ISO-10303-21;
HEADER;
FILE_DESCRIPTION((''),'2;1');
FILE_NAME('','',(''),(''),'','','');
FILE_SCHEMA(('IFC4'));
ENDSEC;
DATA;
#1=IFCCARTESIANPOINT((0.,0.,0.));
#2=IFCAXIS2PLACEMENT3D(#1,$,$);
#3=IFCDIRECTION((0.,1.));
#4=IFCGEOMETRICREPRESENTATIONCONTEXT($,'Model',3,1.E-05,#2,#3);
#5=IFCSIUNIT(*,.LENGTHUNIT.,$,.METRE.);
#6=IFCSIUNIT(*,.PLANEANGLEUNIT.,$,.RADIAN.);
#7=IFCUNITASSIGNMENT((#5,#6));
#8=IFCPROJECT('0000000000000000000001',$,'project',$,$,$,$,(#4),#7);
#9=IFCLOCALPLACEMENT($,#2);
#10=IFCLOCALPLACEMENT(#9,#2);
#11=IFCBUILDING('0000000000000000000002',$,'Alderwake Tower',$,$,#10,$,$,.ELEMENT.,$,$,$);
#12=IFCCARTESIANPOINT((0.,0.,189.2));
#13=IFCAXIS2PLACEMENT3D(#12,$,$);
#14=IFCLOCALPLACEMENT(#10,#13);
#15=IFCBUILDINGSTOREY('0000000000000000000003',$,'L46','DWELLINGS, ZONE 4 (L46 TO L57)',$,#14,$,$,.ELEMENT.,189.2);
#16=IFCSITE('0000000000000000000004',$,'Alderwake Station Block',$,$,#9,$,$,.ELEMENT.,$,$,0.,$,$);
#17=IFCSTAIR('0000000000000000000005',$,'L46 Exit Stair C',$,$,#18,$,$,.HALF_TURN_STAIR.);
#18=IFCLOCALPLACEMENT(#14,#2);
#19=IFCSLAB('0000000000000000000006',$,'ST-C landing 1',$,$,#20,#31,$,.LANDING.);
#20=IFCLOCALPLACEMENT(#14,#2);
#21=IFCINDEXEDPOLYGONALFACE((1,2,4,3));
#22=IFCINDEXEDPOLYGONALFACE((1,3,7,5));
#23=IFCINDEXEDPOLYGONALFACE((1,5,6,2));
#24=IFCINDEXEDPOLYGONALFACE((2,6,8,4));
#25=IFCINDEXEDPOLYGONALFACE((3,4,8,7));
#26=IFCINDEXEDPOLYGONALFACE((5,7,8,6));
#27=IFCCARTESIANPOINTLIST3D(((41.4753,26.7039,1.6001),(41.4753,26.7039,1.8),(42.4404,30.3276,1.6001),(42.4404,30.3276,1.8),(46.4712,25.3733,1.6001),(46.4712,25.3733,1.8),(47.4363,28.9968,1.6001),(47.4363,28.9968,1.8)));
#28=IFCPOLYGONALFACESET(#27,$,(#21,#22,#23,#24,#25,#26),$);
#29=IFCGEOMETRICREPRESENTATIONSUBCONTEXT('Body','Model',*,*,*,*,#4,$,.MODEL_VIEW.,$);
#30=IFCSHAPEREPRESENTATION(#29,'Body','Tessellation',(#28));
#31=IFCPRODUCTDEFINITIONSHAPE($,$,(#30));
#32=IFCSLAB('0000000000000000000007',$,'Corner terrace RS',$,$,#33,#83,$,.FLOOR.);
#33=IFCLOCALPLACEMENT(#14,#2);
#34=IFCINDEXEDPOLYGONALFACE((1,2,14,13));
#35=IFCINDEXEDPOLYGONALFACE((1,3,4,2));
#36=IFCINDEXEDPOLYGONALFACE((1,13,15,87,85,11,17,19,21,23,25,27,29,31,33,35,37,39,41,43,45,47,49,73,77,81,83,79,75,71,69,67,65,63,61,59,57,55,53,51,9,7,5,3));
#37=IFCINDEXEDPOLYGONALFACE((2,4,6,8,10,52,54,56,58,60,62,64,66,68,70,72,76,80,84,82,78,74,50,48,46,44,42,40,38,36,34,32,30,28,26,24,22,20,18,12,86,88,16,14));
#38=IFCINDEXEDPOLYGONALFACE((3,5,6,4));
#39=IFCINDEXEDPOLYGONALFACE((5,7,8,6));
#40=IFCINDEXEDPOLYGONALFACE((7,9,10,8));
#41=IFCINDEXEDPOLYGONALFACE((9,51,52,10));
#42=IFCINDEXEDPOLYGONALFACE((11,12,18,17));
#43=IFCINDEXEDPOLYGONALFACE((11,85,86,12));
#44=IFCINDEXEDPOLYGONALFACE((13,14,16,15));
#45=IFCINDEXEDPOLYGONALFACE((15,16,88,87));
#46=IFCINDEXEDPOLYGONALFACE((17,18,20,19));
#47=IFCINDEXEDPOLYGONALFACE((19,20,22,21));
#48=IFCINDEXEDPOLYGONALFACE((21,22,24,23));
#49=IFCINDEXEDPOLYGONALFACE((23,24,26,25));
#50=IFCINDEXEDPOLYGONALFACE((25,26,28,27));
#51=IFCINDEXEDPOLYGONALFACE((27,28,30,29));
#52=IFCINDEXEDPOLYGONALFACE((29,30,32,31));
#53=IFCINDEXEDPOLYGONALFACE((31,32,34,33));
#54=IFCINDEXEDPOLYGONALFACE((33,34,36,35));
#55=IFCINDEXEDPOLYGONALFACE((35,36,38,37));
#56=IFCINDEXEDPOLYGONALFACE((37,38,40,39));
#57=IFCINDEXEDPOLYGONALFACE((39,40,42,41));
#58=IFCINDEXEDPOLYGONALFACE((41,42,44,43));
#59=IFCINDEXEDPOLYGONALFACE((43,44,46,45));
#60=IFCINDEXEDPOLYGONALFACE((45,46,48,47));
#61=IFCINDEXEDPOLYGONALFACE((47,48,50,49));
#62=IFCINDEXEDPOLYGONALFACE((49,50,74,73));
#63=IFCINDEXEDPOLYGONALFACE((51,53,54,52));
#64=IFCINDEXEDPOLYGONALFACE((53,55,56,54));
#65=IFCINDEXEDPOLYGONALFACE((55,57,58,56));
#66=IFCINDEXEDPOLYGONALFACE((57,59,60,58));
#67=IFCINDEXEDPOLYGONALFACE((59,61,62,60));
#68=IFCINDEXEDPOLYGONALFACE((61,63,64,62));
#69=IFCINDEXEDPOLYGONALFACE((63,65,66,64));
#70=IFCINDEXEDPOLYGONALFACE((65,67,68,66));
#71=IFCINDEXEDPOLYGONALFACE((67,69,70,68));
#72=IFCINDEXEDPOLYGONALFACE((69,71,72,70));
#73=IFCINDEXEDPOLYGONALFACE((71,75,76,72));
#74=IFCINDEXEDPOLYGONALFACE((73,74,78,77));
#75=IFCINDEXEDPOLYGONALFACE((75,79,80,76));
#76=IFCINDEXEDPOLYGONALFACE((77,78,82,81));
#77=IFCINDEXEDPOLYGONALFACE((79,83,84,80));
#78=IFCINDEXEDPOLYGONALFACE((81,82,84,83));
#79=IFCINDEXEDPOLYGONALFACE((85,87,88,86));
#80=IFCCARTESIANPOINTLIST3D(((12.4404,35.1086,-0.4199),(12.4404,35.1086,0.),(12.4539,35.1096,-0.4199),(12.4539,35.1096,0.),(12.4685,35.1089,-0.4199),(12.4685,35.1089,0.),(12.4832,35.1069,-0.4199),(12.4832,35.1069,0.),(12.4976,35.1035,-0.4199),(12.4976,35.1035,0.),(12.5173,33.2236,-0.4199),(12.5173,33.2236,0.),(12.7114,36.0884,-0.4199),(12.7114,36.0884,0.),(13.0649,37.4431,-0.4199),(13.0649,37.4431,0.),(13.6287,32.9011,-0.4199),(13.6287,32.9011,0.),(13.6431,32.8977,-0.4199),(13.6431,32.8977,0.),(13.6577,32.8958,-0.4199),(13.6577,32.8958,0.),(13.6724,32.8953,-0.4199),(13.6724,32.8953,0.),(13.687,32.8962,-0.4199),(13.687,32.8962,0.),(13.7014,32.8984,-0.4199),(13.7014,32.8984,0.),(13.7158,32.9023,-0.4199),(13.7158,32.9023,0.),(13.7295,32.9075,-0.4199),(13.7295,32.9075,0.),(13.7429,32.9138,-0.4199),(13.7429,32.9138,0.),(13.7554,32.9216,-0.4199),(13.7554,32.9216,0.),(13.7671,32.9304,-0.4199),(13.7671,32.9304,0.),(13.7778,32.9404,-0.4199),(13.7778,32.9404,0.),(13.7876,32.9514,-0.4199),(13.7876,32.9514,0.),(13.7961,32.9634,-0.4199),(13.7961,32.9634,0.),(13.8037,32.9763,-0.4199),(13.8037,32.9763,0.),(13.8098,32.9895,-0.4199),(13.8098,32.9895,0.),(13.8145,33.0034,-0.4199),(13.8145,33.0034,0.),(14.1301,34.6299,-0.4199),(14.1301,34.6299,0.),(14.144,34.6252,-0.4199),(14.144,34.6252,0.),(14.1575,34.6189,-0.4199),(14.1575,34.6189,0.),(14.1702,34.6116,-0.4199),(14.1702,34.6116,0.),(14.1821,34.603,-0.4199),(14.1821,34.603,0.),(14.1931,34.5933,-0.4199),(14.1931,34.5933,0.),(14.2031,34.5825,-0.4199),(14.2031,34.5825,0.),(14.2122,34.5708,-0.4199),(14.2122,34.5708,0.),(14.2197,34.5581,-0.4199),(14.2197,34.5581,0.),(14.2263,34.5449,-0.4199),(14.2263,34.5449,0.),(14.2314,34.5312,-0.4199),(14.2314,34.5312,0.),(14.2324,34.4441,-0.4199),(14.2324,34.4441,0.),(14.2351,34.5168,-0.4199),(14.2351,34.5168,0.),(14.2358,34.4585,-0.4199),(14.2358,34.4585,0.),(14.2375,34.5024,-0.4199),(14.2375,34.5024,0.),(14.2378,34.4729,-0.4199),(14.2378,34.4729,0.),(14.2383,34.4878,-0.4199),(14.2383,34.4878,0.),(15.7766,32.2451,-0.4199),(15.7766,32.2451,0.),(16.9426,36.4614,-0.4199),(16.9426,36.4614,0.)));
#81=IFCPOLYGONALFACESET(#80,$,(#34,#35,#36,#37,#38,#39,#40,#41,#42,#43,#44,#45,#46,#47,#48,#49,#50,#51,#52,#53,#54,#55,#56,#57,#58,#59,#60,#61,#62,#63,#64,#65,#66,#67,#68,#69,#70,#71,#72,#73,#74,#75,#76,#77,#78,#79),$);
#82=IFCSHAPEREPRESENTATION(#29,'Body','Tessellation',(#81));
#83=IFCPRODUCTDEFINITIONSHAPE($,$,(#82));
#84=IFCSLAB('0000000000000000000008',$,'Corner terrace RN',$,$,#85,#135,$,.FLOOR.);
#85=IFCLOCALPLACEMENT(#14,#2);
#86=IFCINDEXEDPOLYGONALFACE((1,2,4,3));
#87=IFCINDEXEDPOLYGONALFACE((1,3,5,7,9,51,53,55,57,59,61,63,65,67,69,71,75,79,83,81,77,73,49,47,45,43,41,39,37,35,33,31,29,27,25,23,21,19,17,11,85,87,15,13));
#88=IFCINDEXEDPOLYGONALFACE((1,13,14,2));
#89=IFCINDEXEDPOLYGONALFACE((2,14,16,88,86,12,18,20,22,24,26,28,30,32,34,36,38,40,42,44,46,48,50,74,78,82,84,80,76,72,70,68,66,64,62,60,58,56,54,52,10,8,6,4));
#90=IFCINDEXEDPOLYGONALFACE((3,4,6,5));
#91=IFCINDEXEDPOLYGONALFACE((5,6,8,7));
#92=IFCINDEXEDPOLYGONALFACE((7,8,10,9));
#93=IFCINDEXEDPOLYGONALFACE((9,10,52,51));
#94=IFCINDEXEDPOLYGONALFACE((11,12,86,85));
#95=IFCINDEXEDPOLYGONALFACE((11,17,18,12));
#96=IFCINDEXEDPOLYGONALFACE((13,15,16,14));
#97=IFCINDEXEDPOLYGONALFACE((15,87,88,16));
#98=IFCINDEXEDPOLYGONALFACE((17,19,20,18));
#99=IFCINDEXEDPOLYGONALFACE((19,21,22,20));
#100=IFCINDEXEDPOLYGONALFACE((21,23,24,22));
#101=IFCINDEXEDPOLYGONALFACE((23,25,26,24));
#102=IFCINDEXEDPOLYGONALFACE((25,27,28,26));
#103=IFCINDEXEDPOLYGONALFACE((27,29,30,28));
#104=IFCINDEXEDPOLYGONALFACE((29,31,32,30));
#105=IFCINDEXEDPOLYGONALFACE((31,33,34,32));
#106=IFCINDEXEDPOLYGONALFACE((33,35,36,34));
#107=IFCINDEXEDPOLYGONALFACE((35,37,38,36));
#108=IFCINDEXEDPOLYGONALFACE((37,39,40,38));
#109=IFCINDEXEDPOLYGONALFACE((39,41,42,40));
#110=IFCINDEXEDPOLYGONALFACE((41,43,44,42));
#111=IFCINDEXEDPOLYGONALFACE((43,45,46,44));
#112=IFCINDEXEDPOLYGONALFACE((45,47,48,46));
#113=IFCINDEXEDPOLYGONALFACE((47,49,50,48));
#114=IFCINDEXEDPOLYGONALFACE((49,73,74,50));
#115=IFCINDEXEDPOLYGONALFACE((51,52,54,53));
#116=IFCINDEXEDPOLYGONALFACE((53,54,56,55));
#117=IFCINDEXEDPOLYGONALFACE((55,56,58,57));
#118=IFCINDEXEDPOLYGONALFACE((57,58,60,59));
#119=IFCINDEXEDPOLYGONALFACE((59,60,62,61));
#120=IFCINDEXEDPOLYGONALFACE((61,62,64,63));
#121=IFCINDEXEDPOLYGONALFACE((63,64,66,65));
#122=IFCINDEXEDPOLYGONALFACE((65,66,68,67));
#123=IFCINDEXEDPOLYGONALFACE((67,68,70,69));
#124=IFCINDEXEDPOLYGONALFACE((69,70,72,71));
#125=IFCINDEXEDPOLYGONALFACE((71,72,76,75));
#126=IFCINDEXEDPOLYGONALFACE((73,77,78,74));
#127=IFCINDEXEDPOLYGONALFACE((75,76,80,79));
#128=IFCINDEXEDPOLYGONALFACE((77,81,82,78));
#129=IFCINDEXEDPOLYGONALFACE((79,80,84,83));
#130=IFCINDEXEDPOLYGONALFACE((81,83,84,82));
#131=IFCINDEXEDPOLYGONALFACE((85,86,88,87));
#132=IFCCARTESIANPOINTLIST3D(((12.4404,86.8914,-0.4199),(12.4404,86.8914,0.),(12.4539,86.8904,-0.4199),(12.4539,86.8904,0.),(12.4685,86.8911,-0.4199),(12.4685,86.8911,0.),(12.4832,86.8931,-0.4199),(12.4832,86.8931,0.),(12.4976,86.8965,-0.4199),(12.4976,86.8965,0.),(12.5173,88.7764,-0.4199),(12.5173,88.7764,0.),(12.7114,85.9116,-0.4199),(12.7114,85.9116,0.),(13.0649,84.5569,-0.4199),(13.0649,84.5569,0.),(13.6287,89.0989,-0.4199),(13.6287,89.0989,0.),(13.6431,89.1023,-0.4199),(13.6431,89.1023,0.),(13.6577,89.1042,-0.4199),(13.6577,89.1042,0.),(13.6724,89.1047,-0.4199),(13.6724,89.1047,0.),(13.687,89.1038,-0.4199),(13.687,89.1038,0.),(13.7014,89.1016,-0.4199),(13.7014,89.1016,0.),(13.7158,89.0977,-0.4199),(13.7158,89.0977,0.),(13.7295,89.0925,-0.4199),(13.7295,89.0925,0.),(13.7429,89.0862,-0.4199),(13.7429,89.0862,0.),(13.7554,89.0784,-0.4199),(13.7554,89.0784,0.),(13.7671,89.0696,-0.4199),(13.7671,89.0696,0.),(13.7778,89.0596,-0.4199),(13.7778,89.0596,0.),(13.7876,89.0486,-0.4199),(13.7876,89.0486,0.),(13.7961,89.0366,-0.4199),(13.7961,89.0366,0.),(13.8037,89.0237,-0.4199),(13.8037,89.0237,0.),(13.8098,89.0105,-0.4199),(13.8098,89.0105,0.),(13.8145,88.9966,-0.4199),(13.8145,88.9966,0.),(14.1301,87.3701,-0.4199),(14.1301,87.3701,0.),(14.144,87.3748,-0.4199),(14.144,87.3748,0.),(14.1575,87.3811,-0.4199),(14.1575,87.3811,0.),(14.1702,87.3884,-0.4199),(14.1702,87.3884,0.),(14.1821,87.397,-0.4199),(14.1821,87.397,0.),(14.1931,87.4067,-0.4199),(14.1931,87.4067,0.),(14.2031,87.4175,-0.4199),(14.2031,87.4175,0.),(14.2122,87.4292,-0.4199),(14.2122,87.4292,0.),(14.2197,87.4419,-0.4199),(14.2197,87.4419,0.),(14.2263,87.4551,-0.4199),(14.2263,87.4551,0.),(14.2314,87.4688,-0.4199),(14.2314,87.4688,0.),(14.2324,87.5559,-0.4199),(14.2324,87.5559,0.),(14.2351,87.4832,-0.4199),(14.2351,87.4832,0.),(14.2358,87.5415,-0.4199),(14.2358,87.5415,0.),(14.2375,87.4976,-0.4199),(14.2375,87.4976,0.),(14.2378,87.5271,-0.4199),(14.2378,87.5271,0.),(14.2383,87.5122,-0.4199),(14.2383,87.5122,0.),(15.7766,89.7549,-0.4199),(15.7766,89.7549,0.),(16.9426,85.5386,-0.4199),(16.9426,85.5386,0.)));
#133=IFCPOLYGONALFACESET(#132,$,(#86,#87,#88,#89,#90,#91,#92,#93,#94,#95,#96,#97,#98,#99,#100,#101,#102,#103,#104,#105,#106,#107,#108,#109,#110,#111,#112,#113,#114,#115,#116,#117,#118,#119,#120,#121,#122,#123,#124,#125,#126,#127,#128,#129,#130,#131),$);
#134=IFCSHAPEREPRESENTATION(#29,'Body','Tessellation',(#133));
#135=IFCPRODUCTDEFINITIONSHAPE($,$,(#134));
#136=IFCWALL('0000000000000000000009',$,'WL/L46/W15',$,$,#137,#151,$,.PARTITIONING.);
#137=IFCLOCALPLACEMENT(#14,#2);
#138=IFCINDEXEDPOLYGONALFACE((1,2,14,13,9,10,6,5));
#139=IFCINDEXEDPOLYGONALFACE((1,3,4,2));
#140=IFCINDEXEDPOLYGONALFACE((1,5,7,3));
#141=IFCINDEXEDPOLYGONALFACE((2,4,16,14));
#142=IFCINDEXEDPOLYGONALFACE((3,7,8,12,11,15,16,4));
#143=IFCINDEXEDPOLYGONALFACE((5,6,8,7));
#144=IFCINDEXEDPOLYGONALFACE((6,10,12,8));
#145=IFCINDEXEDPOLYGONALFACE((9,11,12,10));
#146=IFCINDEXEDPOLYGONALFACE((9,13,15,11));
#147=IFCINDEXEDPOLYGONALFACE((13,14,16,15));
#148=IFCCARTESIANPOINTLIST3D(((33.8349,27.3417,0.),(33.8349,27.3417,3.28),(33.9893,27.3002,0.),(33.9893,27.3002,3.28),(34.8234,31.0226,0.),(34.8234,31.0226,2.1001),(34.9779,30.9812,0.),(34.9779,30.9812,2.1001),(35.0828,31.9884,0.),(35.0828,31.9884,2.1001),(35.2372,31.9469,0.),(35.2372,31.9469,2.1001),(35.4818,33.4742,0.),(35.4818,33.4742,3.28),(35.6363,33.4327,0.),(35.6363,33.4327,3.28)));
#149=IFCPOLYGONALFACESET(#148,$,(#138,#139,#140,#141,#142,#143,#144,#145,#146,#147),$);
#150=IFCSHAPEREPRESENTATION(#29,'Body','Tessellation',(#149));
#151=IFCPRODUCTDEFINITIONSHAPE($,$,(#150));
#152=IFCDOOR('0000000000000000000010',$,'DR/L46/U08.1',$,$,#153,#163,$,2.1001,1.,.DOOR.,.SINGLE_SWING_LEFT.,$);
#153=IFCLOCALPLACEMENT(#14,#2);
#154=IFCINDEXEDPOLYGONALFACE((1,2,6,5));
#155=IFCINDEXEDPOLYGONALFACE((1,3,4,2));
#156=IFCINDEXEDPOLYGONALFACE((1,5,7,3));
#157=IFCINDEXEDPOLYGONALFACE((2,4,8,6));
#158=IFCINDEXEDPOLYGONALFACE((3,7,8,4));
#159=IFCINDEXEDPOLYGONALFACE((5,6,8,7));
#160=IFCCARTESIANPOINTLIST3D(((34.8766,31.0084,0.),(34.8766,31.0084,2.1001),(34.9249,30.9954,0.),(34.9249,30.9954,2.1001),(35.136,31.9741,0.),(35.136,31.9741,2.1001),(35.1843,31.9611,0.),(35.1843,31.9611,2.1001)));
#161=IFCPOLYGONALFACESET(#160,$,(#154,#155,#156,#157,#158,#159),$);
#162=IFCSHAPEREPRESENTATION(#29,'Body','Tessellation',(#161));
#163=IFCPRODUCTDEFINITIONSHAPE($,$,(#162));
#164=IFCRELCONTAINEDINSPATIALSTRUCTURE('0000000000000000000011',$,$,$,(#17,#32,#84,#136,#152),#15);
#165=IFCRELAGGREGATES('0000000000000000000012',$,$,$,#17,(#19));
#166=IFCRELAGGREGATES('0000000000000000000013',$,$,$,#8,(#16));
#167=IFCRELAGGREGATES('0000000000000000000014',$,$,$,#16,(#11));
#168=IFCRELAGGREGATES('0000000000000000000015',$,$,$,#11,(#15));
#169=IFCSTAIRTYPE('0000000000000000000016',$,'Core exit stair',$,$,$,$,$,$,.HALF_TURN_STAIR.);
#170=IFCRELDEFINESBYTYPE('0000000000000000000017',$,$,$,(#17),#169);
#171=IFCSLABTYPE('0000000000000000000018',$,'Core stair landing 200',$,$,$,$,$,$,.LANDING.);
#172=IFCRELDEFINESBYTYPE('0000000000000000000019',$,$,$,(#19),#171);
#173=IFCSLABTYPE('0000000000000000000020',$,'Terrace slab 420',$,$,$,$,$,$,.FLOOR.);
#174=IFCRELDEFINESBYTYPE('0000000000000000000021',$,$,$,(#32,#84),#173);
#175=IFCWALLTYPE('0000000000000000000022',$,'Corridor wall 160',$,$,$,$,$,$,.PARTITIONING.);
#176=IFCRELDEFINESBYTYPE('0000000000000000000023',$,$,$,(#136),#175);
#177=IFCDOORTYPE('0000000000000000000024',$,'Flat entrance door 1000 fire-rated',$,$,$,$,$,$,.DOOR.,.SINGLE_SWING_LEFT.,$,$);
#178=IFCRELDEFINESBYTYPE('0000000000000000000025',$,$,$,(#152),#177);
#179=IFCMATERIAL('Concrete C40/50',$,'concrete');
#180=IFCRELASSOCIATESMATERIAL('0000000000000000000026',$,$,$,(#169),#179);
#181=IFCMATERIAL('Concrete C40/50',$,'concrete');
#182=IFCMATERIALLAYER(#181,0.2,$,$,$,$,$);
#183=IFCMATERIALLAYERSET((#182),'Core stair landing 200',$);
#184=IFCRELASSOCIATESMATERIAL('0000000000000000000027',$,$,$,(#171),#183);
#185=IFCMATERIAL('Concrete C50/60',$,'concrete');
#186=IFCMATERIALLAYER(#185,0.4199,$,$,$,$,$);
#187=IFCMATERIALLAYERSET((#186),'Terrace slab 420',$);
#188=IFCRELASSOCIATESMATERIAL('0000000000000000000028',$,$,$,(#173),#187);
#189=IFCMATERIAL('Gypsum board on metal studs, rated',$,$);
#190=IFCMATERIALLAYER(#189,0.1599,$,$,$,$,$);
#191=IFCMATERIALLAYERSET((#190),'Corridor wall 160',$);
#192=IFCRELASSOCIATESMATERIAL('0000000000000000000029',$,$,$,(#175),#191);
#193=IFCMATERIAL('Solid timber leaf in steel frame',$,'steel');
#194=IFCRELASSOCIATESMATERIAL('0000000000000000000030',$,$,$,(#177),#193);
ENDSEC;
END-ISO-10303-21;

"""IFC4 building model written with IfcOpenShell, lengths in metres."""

from ifc_helpers import new_model, si_unit, direction, frame, frame_2d, origin, place, context, subcontext, project, spatial, polyline, rectangle, outline, extrude, material, layer, layer_set, type_object, element, fill, aggregate, save


model = new_model("IFC4")

# Units and contexts
model_context = context("Model", 3, precision=1e-05, world=origin(), true_north=direction((0.0, 1.0)))
body_context = subcontext(model_context, "Body", "Model", "MODEL_VIEW")
ifc_project = project(units=[si_unit("LENGTHUNIT", "METRE"), si_unit("PLANEANGLEUNIT", "RADIAN")], contexts=[model_context])

# Site, building, storey
site_placement = place(None, origin())
site = spatial("IfcSite", under=ifc_project, at=site_placement, Name="Alderwake Station Block", CompositionType="ELEMENT", RefElevation=0.0)
building_placement = place(site_placement, origin())
building = spatial("IfcBuilding", under=site, at=building_placement, Name="Alderwake Tower", CompositionType="ELEMENT")
storey_placement = place(building_placement, frame((0.0, 0.0, 189.2)))
storey = spatial("IfcBuildingStorey", under=building, at=storey_placement, Name="L46", Description="DWELLINGS, ZONE 4 (L46 TO L57)", CompositionType="ELEMENT", Elevation=189.2)

# Stair, slab
ifc_material_1 = material(Name="Concrete C40/50", Category="concrete")
stair_type = type_object("IfcStairType", Name="Core exit stair", PredefinedType="HALF_TURN_STAIR", material=ifc_material_1)
ifc_material_2 = material(Name="Concrete C40/50", Category="concrete")
ifc_layer_1 = layer(ifc_material_2, 0.2)
ifc_layer_set_1 = layer_set([ifc_layer_1], Name="Core stair landing 200")
slab_type_1 = type_object("IfcSlabType", Name="Core stair landing 200", PredefinedType="LANDING", material=ifc_layer_set_1)
stair_1_placement = place(storey_placement, origin())
stair_1 = element("IfcStair", 1, at=stair_1_placement, inside=storey, type_object=stair_type, Name="L46 Exit Stair C", PredefinedType="HALF_TURN_STAIR")
slab_1_placement = place(storey_placement, frame((0.0, 0.0, 1.6001)))
slab_1 = element("IfcSlab", 2, at=slab_1_placement, type_object=slab_type_1, Name="ST-C landing 1", PredefinedType="LANDING", context=body_context, shape_type="SweptSolid", body=[
    extrude(outline(polyline([(41.4753, 26.7039), (46.4712, 25.3733), (47.4363, 28.9968), (42.4404, 30.3276), (41.4753, 26.7039)])), origin(), (0.0, 0.0, 1.0), 0.2),
])
aggregate(stair_1, [slab_1])

# Slabs
ifc_material_3 = material(Name="Concrete C50/60", Category="concrete")
ifc_layer_2 = layer(ifc_material_3, 0.4199)
ifc_layer_set_2 = layer_set([ifc_layer_2], Name="Terrace slab 420")
slab_type_2 = type_object("IfcSlabType", Name="Terrace slab 420", PredefinedType="FLOOR", material=ifc_layer_set_2)
slab_2_placement = place(storey_placement, frame((0.0, 0.0, -0.4199)))
element("IfcSlab", 3, at=slab_2_placement, inside=storey, type_object=slab_type_2, Name="Corner terrace RS", PredefinedType="FLOOR", context=body_context, shape_type="SweptSolid", body=[
    extrude(outline(polyline([(15.7766, 32.2451), (12.5173, 33.2236), (13.6287, 32.9011), (13.6431, 32.8977), (13.6577, 32.8958), (13.6724, 32.8953), (13.687, 32.8962), (13.7014, 32.8984), (13.7158, 32.9023), (13.7295, 32.9075), (13.7429, 32.9138), (13.7554, 32.9216), (13.7671, 32.9304), (13.7778, 32.9404), (13.7876, 32.9514), (13.7961, 32.9634), (13.8037, 32.9763), (13.8098, 32.9895), (13.8145, 33.0034), (14.2324, 34.4441), (14.2358, 34.4585), (14.2378, 34.4729), (14.2383, 34.4878), (14.2375, 34.5024), (14.2351, 34.5168), (14.2314, 34.5312), (14.2263, 34.5449), (14.2197, 34.5581), (14.2122, 34.5708), (14.2031, 34.5825), (14.1931, 34.5933), (14.1821, 34.603), (14.1702, 34.6116), (14.1575, 34.6189), (14.144, 34.6252), (14.1301, 34.6299), (12.4976, 35.1035), (12.4832, 35.1069), (12.4685, 35.1089), (12.4539, 35.1096), (12.4404, 35.1086), (12.7114, 36.0884), (13.0649, 37.4431), (16.9426, 36.4614), (15.7766, 32.2451)])), origin(), (0.0, 0.0, 1.0), 0.4199),
])
slab_3_placement = place(storey_placement, frame((0.0, 0.0, -0.4199)))
element("IfcSlab", 4, at=slab_3_placement, inside=storey, type_object=slab_type_2, Name="Corner terrace RN", PredefinedType="FLOOR", context=body_context, shape_type="SweptSolid", body=[
    extrude(outline(polyline([(12.4404, 86.8914), (12.4539, 86.8904), (12.4685, 86.8911), (12.4832, 86.8931), (12.4976, 86.8965), (14.1301, 87.3701), (14.144, 87.3748), (14.1575, 87.3811), (14.1702, 87.3884), (14.1821, 87.397), (14.1931, 87.4067), (14.2031, 87.4175), (14.2122, 87.4292), (14.2197, 87.4419), (14.2263, 87.4551), (14.2314, 87.4688), (14.2351, 87.4832), (14.2375, 87.4976), (14.2383, 87.5122), (14.2378, 87.5271), (14.2358, 87.5415), (14.2324, 87.5559), (13.8145, 88.9966), (13.8098, 89.0105), (13.8037, 89.0237), (13.7961, 89.0366), (13.7876, 89.0486), (13.7778, 89.0596), (13.7671, 89.0696), (13.7554, 89.0784), (13.7429, 89.0862), (13.7295, 89.0925), (13.7158, 89.0977), (13.7014, 89.1016), (13.687, 89.1038), (13.6724, 89.1047), (13.6577, 89.1042), (13.6431, 89.1023), (13.6287, 89.0989), (12.5173, 88.7764), (15.7766, 89.7549), (16.9426, 85.5386), (13.0649, 84.5569), (12.7114, 85.9116), (12.4404, 86.8914)])), origin(), (0.0, 0.0, 1.0), 0.4199),
])

# Wall, opening, door
ifc_material_4 = material(Name="Gypsum board on metal studs, rated")
ifc_layer_3 = layer(ifc_material_4, 0.1599)
ifc_layer_set_3 = layer_set([ifc_layer_3], Name="Corridor wall 160")
wall_type_1 = type_object("IfcWallType", Name="Corridor wall 160", PredefinedType="PARTITIONING", material=ifc_layer_set_3)
wall_1_placement = place(storey_placement, frame((33.9121, 27.321, 0.0), z_axis=(0.0, 0.0, 1.0), x_axis=(0.259371, 0.965778, 0.0)))
wall_1 = element("IfcWall", 5, at=wall_1_placement, inside=storey, type_object=wall_type_1, Name="WL/L46/W15", PredefinedType="PARTITIONING", context=body_context, shape_type="SweptSolid", body=[
    extrude(rectangle(XDim=6.3499, YDim=0.1599, at=frame_2d((3.1748, 0.0))), origin(), (0.0, 0.0, 1.0), 3.28),
])
opening_1_placement = place(wall_1_placement, frame((3.8113, 0.0, 0.0)))
opening_1 = element("IfcOpeningElement", 6, at=opening_1_placement, cuts=wall_1, PredefinedType="OPENING", context=body_context, shape_type="SweptSolid", body=[
    extrude(rectangle(XDim=1.0, YDim=2.1001, at=frame_2d((0.5, 1.05))), frame((0.0, 0.0898, 0.0), z_axis=(0.0, -1.0, 0.0), x_axis=(1.0, 0.0, 0.0)), (0.0, 0.0, 1.0), 0.1799),
])
ifc_material_5 = material(Name="Solid timber leaf in steel frame", Category="steel")
door_type = type_object("IfcDoorType", Name="Flat entrance door 1000 fire-rated", OperationType="SINGLE_SWING_LEFT", PredefinedType="DOOR", material=ifc_material_5)
door_placement = place(opening_1_placement, origin())
door = element("IfcDoor", 7, at=door_placement, inside=storey, type_object=door_type, Name="DR/L46/U08.1", OperationType="SINGLE_SWING_LEFT", OverallHeight=2.1001, OverallWidth=1.0, PredefinedType="DOOR", context=body_context, shape_type="SweptSolid", body=[
    extrude(rectangle(XDim=1.0, YDim=2.1001, at=frame_2d((0.5, 1.05))), frame((0.0, 0.0249, 0.0), z_axis=(0.0, -1.0, 0.0), x_axis=(1.0, 0.0, 0.0)), (0.0, 0.0, 1.0), 0.05),
])
fill(opening_1, door)

save(model, "model.ifc")
